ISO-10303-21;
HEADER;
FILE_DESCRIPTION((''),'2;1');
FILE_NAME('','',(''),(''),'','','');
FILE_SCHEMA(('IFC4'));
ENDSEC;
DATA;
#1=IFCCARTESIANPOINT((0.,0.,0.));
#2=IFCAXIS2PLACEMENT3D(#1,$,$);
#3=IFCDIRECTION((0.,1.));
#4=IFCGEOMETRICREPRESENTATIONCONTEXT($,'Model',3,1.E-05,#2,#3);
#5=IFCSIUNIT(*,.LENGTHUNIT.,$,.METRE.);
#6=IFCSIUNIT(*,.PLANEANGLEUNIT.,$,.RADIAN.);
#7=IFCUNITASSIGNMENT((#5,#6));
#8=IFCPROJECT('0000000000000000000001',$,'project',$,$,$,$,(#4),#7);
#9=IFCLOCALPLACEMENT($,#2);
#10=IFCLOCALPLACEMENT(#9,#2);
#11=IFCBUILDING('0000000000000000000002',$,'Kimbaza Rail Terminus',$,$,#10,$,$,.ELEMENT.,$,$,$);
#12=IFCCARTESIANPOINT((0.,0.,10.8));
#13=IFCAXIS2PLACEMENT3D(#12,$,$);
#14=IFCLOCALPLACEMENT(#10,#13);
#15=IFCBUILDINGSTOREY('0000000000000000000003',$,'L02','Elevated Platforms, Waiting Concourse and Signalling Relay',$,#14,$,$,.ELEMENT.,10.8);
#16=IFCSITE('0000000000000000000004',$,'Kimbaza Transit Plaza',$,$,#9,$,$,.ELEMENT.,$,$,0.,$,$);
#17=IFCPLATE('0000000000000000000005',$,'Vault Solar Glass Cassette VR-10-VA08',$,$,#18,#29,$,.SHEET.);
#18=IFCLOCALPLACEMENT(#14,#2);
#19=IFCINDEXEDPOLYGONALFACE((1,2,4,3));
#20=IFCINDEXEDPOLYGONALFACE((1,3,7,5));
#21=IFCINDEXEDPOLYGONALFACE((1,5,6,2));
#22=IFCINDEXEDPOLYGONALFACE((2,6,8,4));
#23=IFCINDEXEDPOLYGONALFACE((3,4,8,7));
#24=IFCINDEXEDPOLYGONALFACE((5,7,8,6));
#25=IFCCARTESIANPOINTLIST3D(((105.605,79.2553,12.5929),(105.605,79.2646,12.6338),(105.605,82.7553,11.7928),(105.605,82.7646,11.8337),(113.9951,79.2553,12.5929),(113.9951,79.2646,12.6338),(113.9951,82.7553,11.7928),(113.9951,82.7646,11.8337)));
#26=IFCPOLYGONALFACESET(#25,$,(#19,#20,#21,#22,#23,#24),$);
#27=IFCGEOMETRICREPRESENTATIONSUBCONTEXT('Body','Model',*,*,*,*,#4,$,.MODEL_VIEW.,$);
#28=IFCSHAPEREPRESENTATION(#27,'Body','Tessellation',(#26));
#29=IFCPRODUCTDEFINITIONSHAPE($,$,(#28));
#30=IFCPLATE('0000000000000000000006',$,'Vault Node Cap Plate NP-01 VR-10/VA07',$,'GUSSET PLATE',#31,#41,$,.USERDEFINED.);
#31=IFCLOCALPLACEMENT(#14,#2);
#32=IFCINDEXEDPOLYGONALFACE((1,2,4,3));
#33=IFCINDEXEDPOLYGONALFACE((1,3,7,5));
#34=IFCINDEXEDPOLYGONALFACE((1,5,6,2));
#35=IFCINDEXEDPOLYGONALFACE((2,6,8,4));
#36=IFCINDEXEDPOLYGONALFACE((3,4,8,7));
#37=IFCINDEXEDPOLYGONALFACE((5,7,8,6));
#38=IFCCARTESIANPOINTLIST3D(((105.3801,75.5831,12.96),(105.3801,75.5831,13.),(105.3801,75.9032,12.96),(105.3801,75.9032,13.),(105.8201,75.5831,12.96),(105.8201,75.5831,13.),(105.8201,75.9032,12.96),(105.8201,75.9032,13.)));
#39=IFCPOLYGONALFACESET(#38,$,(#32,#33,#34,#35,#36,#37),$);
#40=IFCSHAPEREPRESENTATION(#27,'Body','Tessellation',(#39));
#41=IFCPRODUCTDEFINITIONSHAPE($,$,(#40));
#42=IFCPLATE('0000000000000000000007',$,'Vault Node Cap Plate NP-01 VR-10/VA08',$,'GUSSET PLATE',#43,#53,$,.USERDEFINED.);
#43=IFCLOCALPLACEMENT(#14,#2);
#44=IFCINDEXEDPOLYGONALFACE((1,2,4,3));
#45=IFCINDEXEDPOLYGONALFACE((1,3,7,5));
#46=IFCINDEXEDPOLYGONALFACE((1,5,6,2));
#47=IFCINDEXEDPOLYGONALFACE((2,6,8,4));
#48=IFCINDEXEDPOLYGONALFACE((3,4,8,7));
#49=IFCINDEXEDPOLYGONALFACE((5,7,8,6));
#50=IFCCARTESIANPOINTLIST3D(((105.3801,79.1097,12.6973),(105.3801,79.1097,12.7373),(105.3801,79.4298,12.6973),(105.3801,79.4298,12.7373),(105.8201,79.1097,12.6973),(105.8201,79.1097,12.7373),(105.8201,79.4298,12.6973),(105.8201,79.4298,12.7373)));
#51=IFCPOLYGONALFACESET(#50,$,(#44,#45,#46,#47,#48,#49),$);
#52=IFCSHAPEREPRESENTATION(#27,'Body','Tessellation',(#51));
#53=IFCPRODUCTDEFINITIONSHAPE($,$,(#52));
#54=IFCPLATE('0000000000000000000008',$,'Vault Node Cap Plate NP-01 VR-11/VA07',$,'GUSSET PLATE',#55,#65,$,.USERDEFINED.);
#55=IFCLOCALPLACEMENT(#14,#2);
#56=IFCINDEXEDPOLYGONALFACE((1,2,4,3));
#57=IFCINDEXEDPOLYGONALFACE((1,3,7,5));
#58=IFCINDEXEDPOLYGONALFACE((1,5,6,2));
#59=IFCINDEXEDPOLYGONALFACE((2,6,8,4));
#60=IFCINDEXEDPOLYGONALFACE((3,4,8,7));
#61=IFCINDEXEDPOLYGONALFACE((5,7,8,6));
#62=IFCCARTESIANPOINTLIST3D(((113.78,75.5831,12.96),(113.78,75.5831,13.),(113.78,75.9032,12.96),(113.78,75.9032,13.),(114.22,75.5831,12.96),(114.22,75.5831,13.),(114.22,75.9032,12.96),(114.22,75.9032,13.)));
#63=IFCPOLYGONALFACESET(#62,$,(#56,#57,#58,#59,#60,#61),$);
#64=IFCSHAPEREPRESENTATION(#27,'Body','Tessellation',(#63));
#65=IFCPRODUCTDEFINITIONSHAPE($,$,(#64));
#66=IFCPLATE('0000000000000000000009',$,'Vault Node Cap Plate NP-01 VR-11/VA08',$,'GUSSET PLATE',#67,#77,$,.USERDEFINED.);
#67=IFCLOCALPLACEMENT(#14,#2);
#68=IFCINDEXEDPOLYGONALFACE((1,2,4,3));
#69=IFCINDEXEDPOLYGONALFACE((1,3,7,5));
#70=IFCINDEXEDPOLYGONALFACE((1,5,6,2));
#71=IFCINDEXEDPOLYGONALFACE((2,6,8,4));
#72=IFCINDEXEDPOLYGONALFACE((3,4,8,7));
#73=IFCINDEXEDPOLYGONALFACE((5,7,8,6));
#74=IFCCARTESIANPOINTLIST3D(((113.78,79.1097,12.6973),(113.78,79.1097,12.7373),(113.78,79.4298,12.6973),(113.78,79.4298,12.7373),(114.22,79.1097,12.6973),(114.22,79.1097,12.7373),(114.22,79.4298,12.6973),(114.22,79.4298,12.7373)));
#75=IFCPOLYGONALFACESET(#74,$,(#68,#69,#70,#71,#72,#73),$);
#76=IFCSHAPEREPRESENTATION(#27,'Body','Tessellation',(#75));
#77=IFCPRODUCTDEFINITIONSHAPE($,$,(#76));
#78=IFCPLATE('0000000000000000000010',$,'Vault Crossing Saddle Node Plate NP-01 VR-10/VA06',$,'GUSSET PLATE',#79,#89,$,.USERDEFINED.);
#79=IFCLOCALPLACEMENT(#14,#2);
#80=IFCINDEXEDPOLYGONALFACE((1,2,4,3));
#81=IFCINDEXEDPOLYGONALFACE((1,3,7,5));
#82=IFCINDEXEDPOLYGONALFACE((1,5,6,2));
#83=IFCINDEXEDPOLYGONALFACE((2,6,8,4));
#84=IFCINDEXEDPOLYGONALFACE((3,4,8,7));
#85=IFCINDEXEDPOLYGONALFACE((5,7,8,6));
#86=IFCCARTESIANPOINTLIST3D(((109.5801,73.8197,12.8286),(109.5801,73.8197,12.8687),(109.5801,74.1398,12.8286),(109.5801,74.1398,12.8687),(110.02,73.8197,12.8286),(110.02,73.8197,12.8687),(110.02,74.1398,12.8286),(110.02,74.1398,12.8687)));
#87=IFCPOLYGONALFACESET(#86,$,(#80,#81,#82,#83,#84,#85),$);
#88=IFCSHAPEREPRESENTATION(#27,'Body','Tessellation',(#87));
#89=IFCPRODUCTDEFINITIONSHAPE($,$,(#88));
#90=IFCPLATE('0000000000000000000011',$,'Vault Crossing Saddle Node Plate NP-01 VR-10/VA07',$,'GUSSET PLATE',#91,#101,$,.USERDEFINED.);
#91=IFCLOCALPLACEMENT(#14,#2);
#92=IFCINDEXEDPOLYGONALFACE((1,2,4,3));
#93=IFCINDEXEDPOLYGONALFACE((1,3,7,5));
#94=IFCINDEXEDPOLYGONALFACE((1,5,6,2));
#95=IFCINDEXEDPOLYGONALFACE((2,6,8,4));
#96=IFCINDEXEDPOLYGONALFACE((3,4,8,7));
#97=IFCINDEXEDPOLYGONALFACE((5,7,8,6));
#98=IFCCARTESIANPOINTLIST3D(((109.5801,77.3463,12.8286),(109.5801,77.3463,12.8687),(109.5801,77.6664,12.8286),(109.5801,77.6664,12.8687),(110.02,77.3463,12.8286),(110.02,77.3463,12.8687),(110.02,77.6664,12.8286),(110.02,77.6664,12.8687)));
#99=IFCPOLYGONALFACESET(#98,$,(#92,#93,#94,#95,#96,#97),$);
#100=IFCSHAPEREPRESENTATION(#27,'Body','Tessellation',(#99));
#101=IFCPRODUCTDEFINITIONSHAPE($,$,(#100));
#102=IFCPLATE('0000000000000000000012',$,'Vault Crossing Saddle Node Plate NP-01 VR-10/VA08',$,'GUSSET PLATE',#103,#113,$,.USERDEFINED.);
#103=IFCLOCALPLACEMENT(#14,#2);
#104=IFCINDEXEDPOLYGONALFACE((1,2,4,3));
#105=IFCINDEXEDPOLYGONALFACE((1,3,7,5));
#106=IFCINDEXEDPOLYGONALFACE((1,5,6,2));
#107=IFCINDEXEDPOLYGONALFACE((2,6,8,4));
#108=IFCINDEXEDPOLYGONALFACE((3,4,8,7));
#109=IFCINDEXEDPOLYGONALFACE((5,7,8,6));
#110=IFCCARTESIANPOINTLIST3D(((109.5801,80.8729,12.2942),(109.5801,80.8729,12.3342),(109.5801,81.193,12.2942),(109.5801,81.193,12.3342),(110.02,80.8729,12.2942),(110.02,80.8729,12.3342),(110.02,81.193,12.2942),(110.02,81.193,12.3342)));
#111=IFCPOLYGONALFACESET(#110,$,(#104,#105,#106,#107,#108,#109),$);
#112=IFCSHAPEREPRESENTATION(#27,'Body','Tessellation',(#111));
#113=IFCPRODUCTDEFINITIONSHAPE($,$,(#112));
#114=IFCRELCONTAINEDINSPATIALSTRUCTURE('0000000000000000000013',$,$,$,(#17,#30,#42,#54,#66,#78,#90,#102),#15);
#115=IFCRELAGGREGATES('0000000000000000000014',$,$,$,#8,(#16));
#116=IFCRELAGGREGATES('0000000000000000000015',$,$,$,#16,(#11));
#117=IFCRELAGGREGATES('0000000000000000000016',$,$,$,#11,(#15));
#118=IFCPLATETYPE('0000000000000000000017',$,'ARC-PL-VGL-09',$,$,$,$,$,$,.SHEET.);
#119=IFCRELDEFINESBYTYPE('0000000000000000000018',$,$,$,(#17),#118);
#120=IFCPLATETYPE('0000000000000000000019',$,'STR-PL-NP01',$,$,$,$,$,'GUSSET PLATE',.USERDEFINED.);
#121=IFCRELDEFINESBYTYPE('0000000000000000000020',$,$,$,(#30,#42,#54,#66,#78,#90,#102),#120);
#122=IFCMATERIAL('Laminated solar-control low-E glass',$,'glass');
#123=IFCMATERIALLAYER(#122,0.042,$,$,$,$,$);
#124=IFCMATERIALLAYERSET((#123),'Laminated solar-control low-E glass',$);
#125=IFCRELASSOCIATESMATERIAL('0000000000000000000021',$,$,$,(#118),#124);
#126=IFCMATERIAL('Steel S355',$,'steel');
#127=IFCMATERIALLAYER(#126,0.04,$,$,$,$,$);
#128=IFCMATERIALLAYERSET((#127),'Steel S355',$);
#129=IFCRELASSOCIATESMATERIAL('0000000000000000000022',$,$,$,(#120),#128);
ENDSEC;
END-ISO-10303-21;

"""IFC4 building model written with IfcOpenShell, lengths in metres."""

from ifc_helpers import new_model, si_unit, direction, frame, origin, origin_2d, place, context, subcontext, project, spatial, polyline, rectangle, outline, extrude, material, layer, layer_set, type_object, element, save


model = new_model("IFC4")

# Units and contexts
model_context = context("Model", 3, precision=1e-05, world=origin(), true_north=direction((0.0, 1.0)))
body_context = subcontext(model_context, "Body", "Model", "MODEL_VIEW")
ifc_project = project(units=[si_unit("LENGTHUNIT", "METRE"), si_unit("PLANEANGLEUNIT", "RADIAN")], contexts=[model_context])

# Site, building, storey
site_placement = place(None, origin())
site = spatial("IfcSite", under=ifc_project, at=site_placement, Name="Kimbaza Transit Plaza", CompositionType="ELEMENT", RefElevation=0.0)
building_placement = place(site_placement, origin())
building = spatial("IfcBuilding", under=site, at=building_placement, Name="Kimbaza Rail Terminus", CompositionType="ELEMENT")
storey_placement = place(building_placement, frame((0.0, 0.0, 10.8)))
storey = spatial("IfcBuildingStorey", under=building, at=storey_placement, Name="L02", Description="Elevated Platforms, Waiting Concourse and Signalling Relay", CompositionType="ELEMENT", Elevation=10.8)

# Plates
ifc_material_1 = material(Name="Laminated solar-control low-E glass", Category="glass")
ifc_layer_1 = layer(ifc_material_1, 0.042)
ifc_layer_set_1 = layer_set([ifc_layer_1], Name="Laminated solar-control low-E glass")
plate_type_1 = type_object("IfcPlateType", Name="ARC-PL-VGL-09", PredefinedType="SHEET", material=ifc_layer_set_1)
plate_1_placement = place(storey_placement, frame((105.605, 79.2646, 12.6338), z_axis=(0.0, 0.222838, 0.974856), x_axis=(1.0, 0.0, 0.0)))
element("IfcPlate", 1, at=plate_1_placement, inside=storey, type_object=plate_type_1, Name="Vault Solar Glass Cassette VR-10-VA08", PredefinedType="SHEET", context=body_context, shape_type="SweptSolid", body=[
    extrude(outline(polyline([(0.0, 0.0), (8.3901, 0.0), (8.3901, 3.5903), (0.0, 3.5903), (0.0, 0.0)])), origin(), (0.0, 0.0, -1.0), 0.042),
])
ifc_material_2 = material(Name="Steel S355", Category="steel")
ifc_layer_2 = layer(ifc_material_2, 0.04)
ifc_layer_set_2 = layer_set([ifc_layer_2], Name="Steel S355")
plate_type_2 = type_object("IfcPlateType", Name="STR-PL-NP01", ElementType="GUSSET PLATE", PredefinedType="USERDEFINED", material=ifc_layer_set_2)
for number, where, z_axis, x_axis, name in (
    (2, (105.6001, 75.7432, 12.96), (0.0, 0.0, 1.0), (1.0, 0.0, 0.0), "Vault Node Cap Plate NP-01 VR-10/VA07"),
    (3, (105.6001, 79.2698, 12.6973), (0.0, 0.0, 1.0), (1.0, 0.0, 0.0), "Vault Node Cap Plate NP-01 VR-10/VA08"),
    (4, (114.0, 75.7432, 12.96), (0.0, 0.0, 1.0), (1.0, 0.0, 0.0), "Vault Node Cap Plate NP-01 VR-11/VA07"),
    (5, (114.0, 79.2698, 12.6973), (0.0, 0.0, 1.0), (1.0, 0.0, 0.0), "Vault Node Cap Plate NP-01 VR-11/VA08"),
    (6, (109.8, 73.9797, 12.8286), (0.0, 0.0, 1.0), (1.0, 0.0, 0.0), "Vault Crossing Saddle Node Plate NP-01 VR-10/VA06"),
    (7, (109.8, 77.5063, 12.8286), (0.0, 0.0, 1.0), (1.0, 0.0, 0.0), "Vault Crossing Saddle Node Plate NP-01 VR-10/VA07"),
    (8, (109.8, 81.033, 12.2942), (0.0, 0.0, 1.0), (1.0, 0.0, 0.0), "Vault Crossing Saddle Node Plate NP-01 VR-10/VA08"),
):
    element("IfcPlate", number, at=place(storey_placement, frame(where, z_axis=z_axis, x_axis=x_axis)), inside=storey, type_object=plate_type_2, Name=name, ObjectType="GUSSET PLATE", PredefinedType="USERDEFINED", context=body_context, shape_type="SweptSolid", body=[
        extrude(rectangle(XDim=0.4399, YDim=0.3201, at=origin_2d()), origin(), (0.0, 0.0, 1.0), 0.04),
    ])

save(model, "model.ifc")
